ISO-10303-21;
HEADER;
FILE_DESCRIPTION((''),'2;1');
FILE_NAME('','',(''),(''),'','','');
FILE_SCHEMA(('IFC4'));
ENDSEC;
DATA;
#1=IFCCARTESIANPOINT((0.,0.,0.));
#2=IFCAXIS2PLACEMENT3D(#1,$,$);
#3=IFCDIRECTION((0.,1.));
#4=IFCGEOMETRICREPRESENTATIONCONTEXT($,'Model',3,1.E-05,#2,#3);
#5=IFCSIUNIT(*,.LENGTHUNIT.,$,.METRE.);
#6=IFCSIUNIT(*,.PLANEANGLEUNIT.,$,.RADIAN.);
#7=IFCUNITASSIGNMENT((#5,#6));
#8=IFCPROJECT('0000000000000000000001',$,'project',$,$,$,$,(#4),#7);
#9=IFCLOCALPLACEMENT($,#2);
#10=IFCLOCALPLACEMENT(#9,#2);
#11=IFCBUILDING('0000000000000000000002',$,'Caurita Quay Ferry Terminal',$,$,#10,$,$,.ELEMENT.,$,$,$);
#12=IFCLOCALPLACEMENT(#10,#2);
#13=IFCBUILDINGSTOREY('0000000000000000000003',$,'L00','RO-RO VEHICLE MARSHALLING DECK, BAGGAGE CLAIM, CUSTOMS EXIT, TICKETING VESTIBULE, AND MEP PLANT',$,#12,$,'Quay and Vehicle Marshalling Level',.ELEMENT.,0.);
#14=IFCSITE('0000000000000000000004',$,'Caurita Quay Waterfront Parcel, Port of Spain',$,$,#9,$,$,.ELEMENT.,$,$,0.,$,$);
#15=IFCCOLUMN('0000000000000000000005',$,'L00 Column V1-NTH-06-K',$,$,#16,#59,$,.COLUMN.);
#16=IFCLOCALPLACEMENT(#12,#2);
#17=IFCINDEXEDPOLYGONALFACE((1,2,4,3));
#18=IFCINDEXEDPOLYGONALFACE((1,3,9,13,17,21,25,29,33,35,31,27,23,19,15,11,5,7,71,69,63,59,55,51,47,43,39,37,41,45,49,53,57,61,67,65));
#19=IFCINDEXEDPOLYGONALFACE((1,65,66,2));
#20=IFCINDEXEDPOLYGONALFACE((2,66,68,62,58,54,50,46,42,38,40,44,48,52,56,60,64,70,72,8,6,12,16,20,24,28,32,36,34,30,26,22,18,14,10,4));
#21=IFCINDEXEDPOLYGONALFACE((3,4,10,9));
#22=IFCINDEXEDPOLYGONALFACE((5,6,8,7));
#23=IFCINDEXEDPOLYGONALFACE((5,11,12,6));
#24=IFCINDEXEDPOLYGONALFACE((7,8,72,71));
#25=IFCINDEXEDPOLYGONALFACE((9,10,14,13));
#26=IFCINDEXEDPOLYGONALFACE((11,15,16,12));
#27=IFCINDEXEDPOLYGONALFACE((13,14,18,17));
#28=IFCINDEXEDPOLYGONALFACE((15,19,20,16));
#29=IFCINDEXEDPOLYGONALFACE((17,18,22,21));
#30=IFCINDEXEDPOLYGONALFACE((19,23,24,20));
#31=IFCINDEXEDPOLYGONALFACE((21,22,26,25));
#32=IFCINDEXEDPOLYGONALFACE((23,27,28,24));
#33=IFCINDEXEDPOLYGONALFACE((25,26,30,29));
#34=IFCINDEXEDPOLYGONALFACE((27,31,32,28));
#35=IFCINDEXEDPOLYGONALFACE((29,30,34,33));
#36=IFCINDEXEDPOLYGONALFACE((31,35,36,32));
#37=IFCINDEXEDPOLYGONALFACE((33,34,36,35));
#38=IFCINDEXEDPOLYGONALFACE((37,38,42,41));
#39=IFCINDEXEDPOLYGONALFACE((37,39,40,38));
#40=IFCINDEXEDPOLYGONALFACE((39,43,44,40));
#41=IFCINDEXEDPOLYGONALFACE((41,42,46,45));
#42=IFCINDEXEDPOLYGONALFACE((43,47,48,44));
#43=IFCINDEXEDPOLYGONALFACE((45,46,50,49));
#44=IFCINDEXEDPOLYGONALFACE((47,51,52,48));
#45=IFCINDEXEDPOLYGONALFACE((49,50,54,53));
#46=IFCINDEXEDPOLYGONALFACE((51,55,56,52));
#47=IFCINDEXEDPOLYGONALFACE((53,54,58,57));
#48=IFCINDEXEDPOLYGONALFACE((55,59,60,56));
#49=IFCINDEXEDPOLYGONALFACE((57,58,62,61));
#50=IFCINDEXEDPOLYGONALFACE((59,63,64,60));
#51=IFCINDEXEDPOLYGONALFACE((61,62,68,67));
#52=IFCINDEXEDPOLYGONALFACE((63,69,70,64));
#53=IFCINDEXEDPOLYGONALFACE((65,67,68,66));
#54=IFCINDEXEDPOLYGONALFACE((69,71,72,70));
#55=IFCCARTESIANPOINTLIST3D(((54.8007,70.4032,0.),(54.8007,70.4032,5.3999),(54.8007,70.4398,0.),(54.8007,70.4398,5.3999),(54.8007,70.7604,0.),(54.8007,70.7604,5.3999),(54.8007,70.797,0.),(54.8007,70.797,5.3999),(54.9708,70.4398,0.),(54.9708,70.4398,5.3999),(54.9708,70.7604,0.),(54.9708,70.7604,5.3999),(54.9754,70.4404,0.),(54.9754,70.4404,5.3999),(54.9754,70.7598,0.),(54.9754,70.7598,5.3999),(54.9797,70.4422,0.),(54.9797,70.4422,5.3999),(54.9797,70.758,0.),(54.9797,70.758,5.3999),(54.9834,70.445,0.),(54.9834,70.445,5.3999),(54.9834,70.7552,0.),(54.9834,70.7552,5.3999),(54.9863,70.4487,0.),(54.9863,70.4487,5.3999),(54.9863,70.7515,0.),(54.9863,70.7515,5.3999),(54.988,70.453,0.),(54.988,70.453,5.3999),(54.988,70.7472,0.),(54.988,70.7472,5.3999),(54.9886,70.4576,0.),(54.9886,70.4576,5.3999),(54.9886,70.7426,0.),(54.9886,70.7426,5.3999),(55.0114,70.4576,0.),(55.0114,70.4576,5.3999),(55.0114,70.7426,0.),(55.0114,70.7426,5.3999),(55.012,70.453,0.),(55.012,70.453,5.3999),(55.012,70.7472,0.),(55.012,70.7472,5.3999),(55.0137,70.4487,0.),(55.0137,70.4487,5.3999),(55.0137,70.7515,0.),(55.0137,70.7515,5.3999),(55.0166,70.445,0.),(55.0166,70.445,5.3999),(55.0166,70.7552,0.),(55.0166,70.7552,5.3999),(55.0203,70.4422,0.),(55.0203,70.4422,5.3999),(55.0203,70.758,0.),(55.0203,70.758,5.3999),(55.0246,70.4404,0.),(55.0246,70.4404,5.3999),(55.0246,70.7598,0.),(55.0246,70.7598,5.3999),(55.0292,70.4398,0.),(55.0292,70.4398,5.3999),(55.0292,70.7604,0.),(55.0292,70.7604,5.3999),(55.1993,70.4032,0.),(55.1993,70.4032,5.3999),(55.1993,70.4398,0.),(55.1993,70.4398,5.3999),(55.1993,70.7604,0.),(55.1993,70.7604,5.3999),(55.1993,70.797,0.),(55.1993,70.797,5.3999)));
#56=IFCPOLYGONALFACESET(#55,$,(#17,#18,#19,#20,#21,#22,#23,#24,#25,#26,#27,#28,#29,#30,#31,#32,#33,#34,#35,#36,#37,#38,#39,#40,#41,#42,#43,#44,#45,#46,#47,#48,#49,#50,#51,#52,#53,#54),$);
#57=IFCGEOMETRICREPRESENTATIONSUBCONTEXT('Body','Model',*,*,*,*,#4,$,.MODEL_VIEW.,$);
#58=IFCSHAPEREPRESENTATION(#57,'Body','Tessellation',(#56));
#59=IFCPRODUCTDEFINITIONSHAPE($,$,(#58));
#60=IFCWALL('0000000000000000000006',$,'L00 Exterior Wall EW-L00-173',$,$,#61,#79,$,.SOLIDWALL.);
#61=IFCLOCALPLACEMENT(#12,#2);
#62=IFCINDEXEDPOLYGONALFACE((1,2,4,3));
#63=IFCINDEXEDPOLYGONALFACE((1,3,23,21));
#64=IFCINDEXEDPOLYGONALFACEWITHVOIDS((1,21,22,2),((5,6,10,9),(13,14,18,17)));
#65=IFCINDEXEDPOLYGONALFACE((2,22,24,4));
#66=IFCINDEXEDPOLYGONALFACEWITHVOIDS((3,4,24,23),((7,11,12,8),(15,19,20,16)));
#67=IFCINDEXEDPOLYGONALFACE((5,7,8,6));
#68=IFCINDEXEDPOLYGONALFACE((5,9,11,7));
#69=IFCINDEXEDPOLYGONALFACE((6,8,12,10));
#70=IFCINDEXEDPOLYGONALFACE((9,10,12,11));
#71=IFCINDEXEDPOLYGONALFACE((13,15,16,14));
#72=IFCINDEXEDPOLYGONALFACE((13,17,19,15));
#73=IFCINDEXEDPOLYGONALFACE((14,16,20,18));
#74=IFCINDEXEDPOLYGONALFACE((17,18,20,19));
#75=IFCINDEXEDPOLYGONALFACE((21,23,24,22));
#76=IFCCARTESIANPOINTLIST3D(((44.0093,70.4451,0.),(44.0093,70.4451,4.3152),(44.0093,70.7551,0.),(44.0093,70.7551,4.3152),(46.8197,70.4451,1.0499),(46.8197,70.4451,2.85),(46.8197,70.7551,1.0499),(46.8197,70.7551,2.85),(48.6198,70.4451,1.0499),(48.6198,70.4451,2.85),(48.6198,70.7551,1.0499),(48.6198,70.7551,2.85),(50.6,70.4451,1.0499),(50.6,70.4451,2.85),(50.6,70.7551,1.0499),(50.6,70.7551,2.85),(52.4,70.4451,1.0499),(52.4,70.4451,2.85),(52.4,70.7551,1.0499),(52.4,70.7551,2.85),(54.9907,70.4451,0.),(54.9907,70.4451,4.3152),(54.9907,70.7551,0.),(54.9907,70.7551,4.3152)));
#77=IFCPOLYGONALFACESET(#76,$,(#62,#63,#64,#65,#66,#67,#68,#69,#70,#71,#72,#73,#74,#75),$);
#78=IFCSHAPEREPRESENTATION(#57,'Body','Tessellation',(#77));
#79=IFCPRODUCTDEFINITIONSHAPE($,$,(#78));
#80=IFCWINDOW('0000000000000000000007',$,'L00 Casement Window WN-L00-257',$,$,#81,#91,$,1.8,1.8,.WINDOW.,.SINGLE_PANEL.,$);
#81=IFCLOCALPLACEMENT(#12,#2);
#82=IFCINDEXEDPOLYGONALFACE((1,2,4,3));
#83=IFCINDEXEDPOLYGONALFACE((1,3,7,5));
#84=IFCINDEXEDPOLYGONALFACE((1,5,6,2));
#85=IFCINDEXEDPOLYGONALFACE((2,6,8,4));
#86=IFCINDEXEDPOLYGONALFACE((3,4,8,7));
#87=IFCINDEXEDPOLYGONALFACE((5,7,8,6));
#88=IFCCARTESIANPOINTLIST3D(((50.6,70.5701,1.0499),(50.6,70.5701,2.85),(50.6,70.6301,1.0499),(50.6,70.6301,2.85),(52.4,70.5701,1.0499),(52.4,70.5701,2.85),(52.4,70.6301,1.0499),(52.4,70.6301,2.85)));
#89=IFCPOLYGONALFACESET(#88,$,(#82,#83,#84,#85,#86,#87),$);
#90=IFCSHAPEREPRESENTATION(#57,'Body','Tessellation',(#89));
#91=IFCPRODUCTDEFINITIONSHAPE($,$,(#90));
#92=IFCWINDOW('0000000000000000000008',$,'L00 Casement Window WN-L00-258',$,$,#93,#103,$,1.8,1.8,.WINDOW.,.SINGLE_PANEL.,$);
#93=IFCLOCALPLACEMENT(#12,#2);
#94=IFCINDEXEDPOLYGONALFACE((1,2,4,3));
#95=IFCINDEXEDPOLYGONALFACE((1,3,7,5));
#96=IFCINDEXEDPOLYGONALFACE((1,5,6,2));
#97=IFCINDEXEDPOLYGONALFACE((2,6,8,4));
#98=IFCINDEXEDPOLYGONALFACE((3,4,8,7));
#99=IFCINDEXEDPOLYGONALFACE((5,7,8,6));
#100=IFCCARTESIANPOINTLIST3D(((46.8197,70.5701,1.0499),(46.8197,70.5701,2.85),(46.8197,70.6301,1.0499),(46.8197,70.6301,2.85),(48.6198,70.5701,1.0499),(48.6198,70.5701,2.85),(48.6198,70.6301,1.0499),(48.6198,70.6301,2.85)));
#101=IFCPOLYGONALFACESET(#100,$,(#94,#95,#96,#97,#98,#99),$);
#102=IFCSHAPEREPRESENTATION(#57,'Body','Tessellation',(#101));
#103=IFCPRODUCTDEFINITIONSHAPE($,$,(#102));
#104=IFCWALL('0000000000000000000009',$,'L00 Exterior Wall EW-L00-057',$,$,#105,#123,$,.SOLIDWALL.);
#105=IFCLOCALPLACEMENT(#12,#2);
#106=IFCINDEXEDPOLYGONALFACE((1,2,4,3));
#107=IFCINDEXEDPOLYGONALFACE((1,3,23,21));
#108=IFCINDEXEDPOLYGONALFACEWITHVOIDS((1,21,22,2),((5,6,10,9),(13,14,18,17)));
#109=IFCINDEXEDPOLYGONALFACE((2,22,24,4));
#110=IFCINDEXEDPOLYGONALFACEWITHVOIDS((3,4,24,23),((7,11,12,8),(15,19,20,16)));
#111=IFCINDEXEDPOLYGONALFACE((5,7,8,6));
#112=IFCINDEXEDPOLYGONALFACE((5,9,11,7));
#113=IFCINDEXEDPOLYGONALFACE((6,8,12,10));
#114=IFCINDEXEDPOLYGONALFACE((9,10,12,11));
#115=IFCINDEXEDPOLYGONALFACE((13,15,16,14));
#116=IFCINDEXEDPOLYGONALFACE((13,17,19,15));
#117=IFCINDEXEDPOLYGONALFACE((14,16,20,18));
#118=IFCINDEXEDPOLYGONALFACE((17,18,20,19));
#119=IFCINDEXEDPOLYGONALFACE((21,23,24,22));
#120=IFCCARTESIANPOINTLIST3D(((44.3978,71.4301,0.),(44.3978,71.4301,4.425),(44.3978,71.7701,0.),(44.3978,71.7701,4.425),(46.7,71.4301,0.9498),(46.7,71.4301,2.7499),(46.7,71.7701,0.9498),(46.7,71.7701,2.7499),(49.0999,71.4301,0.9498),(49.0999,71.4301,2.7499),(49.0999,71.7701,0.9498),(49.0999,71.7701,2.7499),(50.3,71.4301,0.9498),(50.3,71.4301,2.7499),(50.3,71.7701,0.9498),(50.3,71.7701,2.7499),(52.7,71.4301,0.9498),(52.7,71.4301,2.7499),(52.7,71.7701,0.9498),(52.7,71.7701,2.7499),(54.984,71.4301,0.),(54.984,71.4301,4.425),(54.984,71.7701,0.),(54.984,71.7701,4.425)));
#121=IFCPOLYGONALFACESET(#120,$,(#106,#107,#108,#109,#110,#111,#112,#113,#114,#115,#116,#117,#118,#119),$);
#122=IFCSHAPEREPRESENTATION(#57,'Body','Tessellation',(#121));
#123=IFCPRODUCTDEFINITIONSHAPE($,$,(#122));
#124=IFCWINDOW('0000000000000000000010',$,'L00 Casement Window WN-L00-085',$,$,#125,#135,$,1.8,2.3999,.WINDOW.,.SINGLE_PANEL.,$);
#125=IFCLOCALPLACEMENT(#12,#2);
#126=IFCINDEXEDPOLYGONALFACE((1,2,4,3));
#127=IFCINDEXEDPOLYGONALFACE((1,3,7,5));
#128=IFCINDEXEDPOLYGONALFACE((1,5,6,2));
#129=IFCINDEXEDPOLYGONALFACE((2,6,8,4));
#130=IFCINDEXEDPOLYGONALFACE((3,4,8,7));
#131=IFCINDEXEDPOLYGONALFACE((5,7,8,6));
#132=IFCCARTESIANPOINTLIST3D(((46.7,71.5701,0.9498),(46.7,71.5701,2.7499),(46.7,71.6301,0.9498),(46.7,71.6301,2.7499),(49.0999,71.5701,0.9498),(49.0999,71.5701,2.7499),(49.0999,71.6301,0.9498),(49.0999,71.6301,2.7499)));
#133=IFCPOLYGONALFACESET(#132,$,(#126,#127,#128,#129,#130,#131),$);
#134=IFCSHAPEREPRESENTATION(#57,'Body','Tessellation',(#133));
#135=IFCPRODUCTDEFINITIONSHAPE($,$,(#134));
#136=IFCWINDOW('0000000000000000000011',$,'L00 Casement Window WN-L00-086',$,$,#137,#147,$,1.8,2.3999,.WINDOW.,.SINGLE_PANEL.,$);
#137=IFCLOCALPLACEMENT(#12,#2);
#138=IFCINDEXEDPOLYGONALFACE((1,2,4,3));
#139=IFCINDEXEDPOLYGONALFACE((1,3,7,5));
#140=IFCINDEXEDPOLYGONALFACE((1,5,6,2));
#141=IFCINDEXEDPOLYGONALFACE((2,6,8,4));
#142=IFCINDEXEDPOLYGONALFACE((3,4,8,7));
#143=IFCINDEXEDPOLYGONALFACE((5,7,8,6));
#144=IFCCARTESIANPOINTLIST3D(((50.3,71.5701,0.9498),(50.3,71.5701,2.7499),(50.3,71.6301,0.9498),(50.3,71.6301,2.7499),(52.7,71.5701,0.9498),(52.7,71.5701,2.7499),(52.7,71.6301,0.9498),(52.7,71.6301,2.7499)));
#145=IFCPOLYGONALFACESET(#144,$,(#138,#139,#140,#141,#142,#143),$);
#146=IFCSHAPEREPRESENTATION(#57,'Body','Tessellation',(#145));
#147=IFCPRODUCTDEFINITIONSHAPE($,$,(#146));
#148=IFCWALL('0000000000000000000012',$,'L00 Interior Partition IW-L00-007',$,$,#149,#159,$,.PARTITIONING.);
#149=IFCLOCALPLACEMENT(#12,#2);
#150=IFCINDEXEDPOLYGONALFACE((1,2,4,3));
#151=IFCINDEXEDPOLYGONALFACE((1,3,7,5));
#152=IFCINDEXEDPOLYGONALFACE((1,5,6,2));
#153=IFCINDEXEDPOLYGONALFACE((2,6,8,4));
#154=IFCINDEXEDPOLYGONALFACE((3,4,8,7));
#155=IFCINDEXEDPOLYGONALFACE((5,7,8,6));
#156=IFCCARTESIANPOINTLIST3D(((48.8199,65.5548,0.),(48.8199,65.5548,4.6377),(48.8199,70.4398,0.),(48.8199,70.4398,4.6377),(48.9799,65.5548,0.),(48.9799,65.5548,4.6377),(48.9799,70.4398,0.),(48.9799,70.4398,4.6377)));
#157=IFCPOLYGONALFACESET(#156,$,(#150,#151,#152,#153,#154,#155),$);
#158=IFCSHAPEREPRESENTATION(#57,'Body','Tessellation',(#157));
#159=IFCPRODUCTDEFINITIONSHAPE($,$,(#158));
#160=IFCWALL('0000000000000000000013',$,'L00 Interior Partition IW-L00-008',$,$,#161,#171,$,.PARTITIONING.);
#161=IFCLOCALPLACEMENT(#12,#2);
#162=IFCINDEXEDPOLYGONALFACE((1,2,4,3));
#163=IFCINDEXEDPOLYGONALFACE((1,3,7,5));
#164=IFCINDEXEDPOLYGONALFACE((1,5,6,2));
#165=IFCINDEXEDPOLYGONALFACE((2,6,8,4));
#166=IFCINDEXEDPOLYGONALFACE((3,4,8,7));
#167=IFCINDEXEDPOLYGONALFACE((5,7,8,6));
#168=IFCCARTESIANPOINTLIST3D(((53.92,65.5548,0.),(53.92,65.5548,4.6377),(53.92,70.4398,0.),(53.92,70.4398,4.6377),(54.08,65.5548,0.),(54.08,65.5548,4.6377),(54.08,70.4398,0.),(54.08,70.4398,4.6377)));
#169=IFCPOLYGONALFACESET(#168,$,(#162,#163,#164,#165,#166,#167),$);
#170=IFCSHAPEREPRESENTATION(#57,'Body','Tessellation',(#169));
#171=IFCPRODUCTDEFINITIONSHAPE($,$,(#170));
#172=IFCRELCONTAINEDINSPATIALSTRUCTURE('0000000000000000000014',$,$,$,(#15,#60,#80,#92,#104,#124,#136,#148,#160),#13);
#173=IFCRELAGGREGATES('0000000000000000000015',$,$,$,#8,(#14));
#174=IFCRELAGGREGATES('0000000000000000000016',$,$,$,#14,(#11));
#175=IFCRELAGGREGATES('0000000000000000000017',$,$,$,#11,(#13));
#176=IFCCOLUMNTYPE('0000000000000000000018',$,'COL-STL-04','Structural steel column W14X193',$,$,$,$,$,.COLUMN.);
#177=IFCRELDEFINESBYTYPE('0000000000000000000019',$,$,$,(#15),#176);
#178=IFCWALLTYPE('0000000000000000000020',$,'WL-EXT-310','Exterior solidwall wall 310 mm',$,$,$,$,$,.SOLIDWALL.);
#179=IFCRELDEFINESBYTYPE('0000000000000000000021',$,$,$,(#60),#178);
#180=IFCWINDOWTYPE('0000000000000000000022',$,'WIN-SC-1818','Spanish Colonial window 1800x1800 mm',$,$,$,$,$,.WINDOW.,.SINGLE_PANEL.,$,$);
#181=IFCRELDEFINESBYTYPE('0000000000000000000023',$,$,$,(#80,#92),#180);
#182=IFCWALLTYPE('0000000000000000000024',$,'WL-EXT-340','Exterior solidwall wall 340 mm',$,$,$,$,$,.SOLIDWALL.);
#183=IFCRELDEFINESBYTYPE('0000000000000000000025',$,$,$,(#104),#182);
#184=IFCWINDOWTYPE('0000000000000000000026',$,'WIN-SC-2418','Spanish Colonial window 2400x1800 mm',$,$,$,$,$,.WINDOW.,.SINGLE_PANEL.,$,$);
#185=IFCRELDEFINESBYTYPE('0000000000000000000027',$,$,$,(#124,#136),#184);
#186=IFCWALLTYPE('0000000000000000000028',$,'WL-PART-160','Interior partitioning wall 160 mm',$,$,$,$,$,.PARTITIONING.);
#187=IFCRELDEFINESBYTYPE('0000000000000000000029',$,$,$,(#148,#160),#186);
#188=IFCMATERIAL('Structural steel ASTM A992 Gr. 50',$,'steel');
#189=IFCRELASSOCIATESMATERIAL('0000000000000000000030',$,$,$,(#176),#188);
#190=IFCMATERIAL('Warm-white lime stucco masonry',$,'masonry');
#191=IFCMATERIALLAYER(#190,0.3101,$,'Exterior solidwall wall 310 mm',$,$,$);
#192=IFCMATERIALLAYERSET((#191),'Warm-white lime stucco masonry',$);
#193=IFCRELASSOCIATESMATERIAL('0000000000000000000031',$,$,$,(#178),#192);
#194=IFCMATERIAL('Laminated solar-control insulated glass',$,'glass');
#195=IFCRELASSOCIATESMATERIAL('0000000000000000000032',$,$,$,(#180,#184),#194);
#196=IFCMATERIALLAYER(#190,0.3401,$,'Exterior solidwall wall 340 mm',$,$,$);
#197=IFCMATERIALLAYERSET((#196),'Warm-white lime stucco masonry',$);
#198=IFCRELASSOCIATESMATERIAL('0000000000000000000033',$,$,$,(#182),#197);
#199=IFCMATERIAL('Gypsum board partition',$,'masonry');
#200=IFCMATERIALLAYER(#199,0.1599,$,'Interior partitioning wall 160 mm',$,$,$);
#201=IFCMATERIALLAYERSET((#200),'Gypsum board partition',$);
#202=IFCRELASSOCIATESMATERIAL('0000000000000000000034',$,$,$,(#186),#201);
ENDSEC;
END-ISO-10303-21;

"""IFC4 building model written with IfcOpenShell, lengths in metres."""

from ifc_helpers import new_model, si_unit, direction, frame, frame_2d, origin, origin_2d, place, context, subcontext, project, spatial, rectangle, i_section, extrude, material, layer, layer_set, material_profile, profile_set, type_object, element, fill, save


model = new_model("IFC4")

# Units and contexts
model_context = context("Model", 3, precision=1e-05, world=origin(), true_north=direction((0.0, 1.0)))
body_context = subcontext(model_context, "Body", "Model", "MODEL_VIEW")
ifc_project = project(units=[si_unit("LENGTHUNIT", "METRE"), si_unit("PLANEANGLEUNIT", "RADIAN")], contexts=[model_context])

# Site, building, storey
site_placement = place(None, origin())
site = spatial("IfcSite", under=ifc_project, at=site_placement, Name="Caurita Quay Waterfront Parcel, Port of Spain", CompositionType="ELEMENT", RefElevation=0.0)
building_placement = place(site_placement, origin())
building = spatial("IfcBuilding", under=site, at=building_placement, Name="Caurita Quay Ferry Terminal", CompositionType="ELEMENT")
storey_placement = place(building_placement, origin())
storey = spatial("IfcBuildingStorey", under=building, at=storey_placement, Name="L00", Description="RO-RO VEHICLE MARSHALLING DECK, BAGGAGE CLAIM, CUSTOMS EXIT, TICKETING VESTIBULE, AND MEP PLANT", LongName="Quay and Vehicle Marshalling Level", CompositionType="ELEMENT", Elevation=0.0)

# Column
ifc_material_1 = material(Name="Structural steel ASTM A992 Gr. 50", Category="steel")
ifc_material_profile_1 = material_profile(ifc_material_1, i_section(OverallWidth=0.3987, OverallDepth=0.3938, WebThickness=0.0227, FlangeThickness=0.0366, FilletRadius=0.0178, at=origin_2d()), Name="W14X193")
ifc_profile_set_1 = profile_set([ifc_material_profile_1], Name="Structural steel ASTM A992 Gr. 50")
column_type_1 = type_object("IfcColumnType", Name="COL-STL-04", Description="Structural steel column W14X193", PredefinedType="COLUMN", material=ifc_profile_set_1)
for number, where, z_axis, x_axis, name in (
    (1, (55.0, 70.6001, 0.0), (0.0, 0.0, 1.0), (1.0, 0.0, 0.0), "L00 Column V1-NTH-06-K"),
):
    element("IfcColumn", number, at=place(storey_placement, frame(where, z_axis=z_axis, x_axis=x_axis)), inside=storey, type_object=column_type_1, Name=name, PredefinedType="COLUMN", context=body_context, shape_type="SweptSolid", body=[
        extrude(i_section(OverallWidth=0.3987, OverallDepth=0.3938, WebThickness=0.0227, FlangeThickness=0.0366, FilletRadius=0.0178, at=origin_2d()), origin(), (0.0, 0.0, 1.0), 5.3999),
    ])

# Walls, openings, windows
ifc_material_2 = material(Name="Warm-white lime stucco masonry", Category="masonry")
ifc_layer_1 = layer(ifc_material_2, 0.3101, Name="Exterior solidwall wall 310 mm")
ifc_layer_set_1 = layer_set([ifc_layer_1], Name="Warm-white lime stucco masonry")
wall_type_1 = type_object("IfcWallType", Name="WL-EXT-310", Description="Exterior solidwall wall 310 mm", PredefinedType="SOLIDWALL", material=ifc_layer_set_1)
wall_1_placement = place(storey_placement, frame((54.9907, 70.6001, 0.0), z_axis=(0.0, 0.0, 1.0), x_axis=(-1.0, 0.0, 0.0)))
wall_1 = element("IfcWall", 2, at=wall_1_placement, inside=storey, type_object=wall_type_1, Name="L00 Exterior Wall EW-L00-173", PredefinedType="SOLIDWALL", context=body_context, shape_type="SweptSolid", body=[
    extrude(rectangle(XDim=10.9814, YDim=0.3101, at=frame_2d((5.4907, 0.0))), origin(), (0.0, 0.0, 1.0), 4.3152),
])
opening_1_placement = place(wall_1_placement, frame((2.5908, 0.0, 1.05)))
opening_1 = element("IfcOpeningElement", 3, at=opening_1_placement, cuts=wall_1, PredefinedType="OPENING", context=body_context, shape_type="SweptSolid", body=[
    extrude(rectangle(XDim=1.8, YDim=1.8, at=frame_2d((0.8999, 0.8999))), frame((0.0, 0.165, 0.0), z_axis=(0.0, -1.0, 0.0), x_axis=(1.0, 0.0, 0.0)), (0.0, 0.0, 1.0), 0.3301),
])
opening_2_placement = place(wall_1_placement, frame((6.3711, 0.0, 1.05)))
opening_2 = element("IfcOpeningElement", 4, at=opening_2_placement, cuts=wall_1, PredefinedType="OPENING", context=body_context, shape_type="SweptSolid", body=[
    extrude(rectangle(XDim=1.8, YDim=1.8, at=frame_2d((0.8999, 0.8999))), frame((0.0, 0.165, 0.0), z_axis=(0.0, -1.0, 0.0), x_axis=(1.0, 0.0, 0.0)), (0.0, 0.0, 1.0), 0.3301),
])
ifc_material_3 = material(Name="Laminated solar-control insulated glass", Category="glass")
window_type_1 = type_object("IfcWindowType", Name="WIN-SC-1818", Description="Spanish Colonial window 1800x1800 mm", PartitioningType="SINGLE_PANEL", PredefinedType="WINDOW", material=ifc_material_3)
window_1_placement = place(opening_1_placement, origin())
window_1 = element("IfcWindow", 5, at=window_1_placement, inside=storey, type_object=window_type_1, Name="L00 Casement Window WN-L00-257", OverallHeight=1.8, OverallWidth=1.8, PartitioningType="SINGLE_PANEL", PredefinedType="WINDOW", context=body_context, shape_type="SweptSolid", body=[
    extrude(rectangle(XDim=1.8, YDim=1.8, at=frame_2d((0.8999, 0.8999))), frame((0.0, 0.03, 0.0), z_axis=(0.0, -1.0, 0.0), x_axis=(1.0, 0.0, 0.0)), (0.0, 0.0, 1.0), 0.0601),
])
fill(opening_1, window_1)
window_2_placement = place(opening_2_placement, origin())
window_2 = element("IfcWindow", 6, at=window_2_placement, inside=storey, type_object=window_type_1, Name="L00 Casement Window WN-L00-258", OverallHeight=1.8, OverallWidth=1.8, PartitioningType="SINGLE_PANEL", PredefinedType="WINDOW", context=body_context, shape_type="SweptSolid", body=[
    extrude(rectangle(XDim=1.8, YDim=1.8, at=frame_2d((0.8999, 0.8999))), frame((0.0, 0.03, 0.0), z_axis=(0.0, -1.0, 0.0), x_axis=(1.0, 0.0, 0.0)), (0.0, 0.0, 1.0), 0.0601),
])
fill(opening_2, window_2)
ifc_layer_2 = layer(ifc_material_2, 0.3401, Name="Exterior solidwall wall 340 mm")
ifc_layer_set_2 = layer_set([ifc_layer_2], Name="Warm-white lime stucco masonry")
wall_type_2 = type_object("IfcWallType", Name="WL-EXT-340", Description="Exterior solidwall wall 340 mm", PredefinedType="SOLIDWALL", material=ifc_layer_set_2)
wall_2_placement = place(storey_placement, frame((44.3979, 71.6001, 0.0), z_axis=(0.0, 0.0, 1.0), x_axis=(1.0, 0.0, 0.0)))
wall_2 = element("IfcWall", 7, at=wall_2_placement, inside=storey, type_object=wall_type_2, Name="L00 Exterior Wall EW-L00-057", PredefinedType="SOLIDWALL", context=body_context, shape_type="SweptSolid", body=[
    extrude(rectangle(XDim=10.5862, YDim=0.3401, at=frame_2d((5.293, 0.0))), origin(), (0.0, 0.0, 1.0), 4.425),
])
opening_3_placement = place(wall_2_placement, frame((2.302, 0.0, 0.95)))
opening_3 = element("IfcOpeningElement", 8, at=opening_3_placement, cuts=wall_2, PredefinedType="OPENING", context=body_context, shape_type="SweptSolid", body=[
    extrude(rectangle(XDim=2.3999, YDim=1.8, at=frame_2d((1.2, 0.8999))), frame((0.0, 0.1799, 0.0), z_axis=(0.0, -1.0, 0.0), x_axis=(1.0, 0.0, 0.0)), (0.0, 0.0, 1.0), 0.3601),
])
opening_4_placement = place(wall_2_placement, frame((5.9021, 0.0, 0.95)))
opening_4 = element("IfcOpeningElement", 9, at=opening_4_placement, cuts=wall_2, PredefinedType="OPENING", context=body_context, shape_type="SweptSolid", body=[
    extrude(rectangle(XDim=2.3999, YDim=1.8, at=frame_2d((1.2, 0.8999))), frame((0.0, 0.1799, 0.0), z_axis=(0.0, -1.0, 0.0), x_axis=(1.0, 0.0, 0.0)), (0.0, 0.0, 1.0), 0.3601),
])
window_type_2 = type_object("IfcWindowType", Name="WIN-SC-2418", Description="Spanish Colonial window 2400x1800 mm", PartitioningType="SINGLE_PANEL", PredefinedType="WINDOW", material=ifc_material_3)
window_3_placement = place(opening_3_placement, origin())
window_3 = element("IfcWindow", 10, at=window_3_placement, inside=storey, type_object=window_type_2, Name="L00 Casement Window WN-L00-085", OverallHeight=1.8, OverallWidth=2.3999, PartitioningType="SINGLE_PANEL", PredefinedType="WINDOW", context=body_context, shape_type="SweptSolid", body=[
    extrude(rectangle(XDim=2.3999, YDim=1.8, at=frame_2d((1.2, 0.8999))), frame((0.0, 0.03, 0.0), z_axis=(0.0, -1.0, 0.0), x_axis=(1.0, 0.0, 0.0)), (0.0, 0.0, 1.0), 0.0601),
])
fill(opening_3, window_3)
window_4_placement = place(opening_4_placement, origin())
window_4 = element("IfcWindow", 11, at=window_4_placement, inside=storey, type_object=window_type_2, Name="L00 Casement Window WN-L00-086", OverallHeight=1.8, OverallWidth=2.3999, PartitioningType="SINGLE_PANEL", PredefinedType="WINDOW", context=body_context, shape_type="SweptSolid", body=[
    extrude(rectangle(XDim=2.3999, YDim=1.8, at=frame_2d((1.2, 0.8999))), frame((0.0, 0.03, 0.0), z_axis=(0.0, -1.0, 0.0), x_axis=(1.0, 0.0, 0.0)), (0.0, 0.0, 1.0), 0.0601),
])
fill(opening_4, window_4)

# Walls
ifc_material_4 = material(Name="Gypsum board partition", Category="masonry")
ifc_layer_3 = layer(ifc_material_4, 0.1599, Name="Interior partitioning wall 160 mm")
ifc_layer_set_3 = layer_set([ifc_layer_3], Name="Gypsum board partition")
wall_type_3 = type_object("IfcWallType", Name="WL-PART-160", Description="Interior partitioning wall 160 mm", PredefinedType="PARTITIONING", material=ifc_layer_set_3)
for number, where, z_axis, x_axis, name in (
    (12, (48.8999, 65.5549, 0.0), (0.0, 0.0, 1.0), (0.0, 1.0, 0.0), "L00 Interior Partition IW-L00-007"),
    (13, (54.0, 65.5549, 0.0), (0.0, 0.0, 1.0), (0.0, 1.0, 0.0), "L00 Interior Partition IW-L00-008"),
):
    element("IfcWall", number, at=place(storey_placement, frame(where, z_axis=z_axis, x_axis=x_axis)), inside=storey, type_object=wall_type_3, Name=name, PredefinedType="PARTITIONING", context=body_context, shape_type="SweptSolid", body=[
        extrude(rectangle(XDim=4.885, YDim=0.1599, at=frame_2d((2.4424, 0.0))), origin(), (0.0, 0.0, 1.0), 4.6377),
    ])

save(model, "model.ifc")
